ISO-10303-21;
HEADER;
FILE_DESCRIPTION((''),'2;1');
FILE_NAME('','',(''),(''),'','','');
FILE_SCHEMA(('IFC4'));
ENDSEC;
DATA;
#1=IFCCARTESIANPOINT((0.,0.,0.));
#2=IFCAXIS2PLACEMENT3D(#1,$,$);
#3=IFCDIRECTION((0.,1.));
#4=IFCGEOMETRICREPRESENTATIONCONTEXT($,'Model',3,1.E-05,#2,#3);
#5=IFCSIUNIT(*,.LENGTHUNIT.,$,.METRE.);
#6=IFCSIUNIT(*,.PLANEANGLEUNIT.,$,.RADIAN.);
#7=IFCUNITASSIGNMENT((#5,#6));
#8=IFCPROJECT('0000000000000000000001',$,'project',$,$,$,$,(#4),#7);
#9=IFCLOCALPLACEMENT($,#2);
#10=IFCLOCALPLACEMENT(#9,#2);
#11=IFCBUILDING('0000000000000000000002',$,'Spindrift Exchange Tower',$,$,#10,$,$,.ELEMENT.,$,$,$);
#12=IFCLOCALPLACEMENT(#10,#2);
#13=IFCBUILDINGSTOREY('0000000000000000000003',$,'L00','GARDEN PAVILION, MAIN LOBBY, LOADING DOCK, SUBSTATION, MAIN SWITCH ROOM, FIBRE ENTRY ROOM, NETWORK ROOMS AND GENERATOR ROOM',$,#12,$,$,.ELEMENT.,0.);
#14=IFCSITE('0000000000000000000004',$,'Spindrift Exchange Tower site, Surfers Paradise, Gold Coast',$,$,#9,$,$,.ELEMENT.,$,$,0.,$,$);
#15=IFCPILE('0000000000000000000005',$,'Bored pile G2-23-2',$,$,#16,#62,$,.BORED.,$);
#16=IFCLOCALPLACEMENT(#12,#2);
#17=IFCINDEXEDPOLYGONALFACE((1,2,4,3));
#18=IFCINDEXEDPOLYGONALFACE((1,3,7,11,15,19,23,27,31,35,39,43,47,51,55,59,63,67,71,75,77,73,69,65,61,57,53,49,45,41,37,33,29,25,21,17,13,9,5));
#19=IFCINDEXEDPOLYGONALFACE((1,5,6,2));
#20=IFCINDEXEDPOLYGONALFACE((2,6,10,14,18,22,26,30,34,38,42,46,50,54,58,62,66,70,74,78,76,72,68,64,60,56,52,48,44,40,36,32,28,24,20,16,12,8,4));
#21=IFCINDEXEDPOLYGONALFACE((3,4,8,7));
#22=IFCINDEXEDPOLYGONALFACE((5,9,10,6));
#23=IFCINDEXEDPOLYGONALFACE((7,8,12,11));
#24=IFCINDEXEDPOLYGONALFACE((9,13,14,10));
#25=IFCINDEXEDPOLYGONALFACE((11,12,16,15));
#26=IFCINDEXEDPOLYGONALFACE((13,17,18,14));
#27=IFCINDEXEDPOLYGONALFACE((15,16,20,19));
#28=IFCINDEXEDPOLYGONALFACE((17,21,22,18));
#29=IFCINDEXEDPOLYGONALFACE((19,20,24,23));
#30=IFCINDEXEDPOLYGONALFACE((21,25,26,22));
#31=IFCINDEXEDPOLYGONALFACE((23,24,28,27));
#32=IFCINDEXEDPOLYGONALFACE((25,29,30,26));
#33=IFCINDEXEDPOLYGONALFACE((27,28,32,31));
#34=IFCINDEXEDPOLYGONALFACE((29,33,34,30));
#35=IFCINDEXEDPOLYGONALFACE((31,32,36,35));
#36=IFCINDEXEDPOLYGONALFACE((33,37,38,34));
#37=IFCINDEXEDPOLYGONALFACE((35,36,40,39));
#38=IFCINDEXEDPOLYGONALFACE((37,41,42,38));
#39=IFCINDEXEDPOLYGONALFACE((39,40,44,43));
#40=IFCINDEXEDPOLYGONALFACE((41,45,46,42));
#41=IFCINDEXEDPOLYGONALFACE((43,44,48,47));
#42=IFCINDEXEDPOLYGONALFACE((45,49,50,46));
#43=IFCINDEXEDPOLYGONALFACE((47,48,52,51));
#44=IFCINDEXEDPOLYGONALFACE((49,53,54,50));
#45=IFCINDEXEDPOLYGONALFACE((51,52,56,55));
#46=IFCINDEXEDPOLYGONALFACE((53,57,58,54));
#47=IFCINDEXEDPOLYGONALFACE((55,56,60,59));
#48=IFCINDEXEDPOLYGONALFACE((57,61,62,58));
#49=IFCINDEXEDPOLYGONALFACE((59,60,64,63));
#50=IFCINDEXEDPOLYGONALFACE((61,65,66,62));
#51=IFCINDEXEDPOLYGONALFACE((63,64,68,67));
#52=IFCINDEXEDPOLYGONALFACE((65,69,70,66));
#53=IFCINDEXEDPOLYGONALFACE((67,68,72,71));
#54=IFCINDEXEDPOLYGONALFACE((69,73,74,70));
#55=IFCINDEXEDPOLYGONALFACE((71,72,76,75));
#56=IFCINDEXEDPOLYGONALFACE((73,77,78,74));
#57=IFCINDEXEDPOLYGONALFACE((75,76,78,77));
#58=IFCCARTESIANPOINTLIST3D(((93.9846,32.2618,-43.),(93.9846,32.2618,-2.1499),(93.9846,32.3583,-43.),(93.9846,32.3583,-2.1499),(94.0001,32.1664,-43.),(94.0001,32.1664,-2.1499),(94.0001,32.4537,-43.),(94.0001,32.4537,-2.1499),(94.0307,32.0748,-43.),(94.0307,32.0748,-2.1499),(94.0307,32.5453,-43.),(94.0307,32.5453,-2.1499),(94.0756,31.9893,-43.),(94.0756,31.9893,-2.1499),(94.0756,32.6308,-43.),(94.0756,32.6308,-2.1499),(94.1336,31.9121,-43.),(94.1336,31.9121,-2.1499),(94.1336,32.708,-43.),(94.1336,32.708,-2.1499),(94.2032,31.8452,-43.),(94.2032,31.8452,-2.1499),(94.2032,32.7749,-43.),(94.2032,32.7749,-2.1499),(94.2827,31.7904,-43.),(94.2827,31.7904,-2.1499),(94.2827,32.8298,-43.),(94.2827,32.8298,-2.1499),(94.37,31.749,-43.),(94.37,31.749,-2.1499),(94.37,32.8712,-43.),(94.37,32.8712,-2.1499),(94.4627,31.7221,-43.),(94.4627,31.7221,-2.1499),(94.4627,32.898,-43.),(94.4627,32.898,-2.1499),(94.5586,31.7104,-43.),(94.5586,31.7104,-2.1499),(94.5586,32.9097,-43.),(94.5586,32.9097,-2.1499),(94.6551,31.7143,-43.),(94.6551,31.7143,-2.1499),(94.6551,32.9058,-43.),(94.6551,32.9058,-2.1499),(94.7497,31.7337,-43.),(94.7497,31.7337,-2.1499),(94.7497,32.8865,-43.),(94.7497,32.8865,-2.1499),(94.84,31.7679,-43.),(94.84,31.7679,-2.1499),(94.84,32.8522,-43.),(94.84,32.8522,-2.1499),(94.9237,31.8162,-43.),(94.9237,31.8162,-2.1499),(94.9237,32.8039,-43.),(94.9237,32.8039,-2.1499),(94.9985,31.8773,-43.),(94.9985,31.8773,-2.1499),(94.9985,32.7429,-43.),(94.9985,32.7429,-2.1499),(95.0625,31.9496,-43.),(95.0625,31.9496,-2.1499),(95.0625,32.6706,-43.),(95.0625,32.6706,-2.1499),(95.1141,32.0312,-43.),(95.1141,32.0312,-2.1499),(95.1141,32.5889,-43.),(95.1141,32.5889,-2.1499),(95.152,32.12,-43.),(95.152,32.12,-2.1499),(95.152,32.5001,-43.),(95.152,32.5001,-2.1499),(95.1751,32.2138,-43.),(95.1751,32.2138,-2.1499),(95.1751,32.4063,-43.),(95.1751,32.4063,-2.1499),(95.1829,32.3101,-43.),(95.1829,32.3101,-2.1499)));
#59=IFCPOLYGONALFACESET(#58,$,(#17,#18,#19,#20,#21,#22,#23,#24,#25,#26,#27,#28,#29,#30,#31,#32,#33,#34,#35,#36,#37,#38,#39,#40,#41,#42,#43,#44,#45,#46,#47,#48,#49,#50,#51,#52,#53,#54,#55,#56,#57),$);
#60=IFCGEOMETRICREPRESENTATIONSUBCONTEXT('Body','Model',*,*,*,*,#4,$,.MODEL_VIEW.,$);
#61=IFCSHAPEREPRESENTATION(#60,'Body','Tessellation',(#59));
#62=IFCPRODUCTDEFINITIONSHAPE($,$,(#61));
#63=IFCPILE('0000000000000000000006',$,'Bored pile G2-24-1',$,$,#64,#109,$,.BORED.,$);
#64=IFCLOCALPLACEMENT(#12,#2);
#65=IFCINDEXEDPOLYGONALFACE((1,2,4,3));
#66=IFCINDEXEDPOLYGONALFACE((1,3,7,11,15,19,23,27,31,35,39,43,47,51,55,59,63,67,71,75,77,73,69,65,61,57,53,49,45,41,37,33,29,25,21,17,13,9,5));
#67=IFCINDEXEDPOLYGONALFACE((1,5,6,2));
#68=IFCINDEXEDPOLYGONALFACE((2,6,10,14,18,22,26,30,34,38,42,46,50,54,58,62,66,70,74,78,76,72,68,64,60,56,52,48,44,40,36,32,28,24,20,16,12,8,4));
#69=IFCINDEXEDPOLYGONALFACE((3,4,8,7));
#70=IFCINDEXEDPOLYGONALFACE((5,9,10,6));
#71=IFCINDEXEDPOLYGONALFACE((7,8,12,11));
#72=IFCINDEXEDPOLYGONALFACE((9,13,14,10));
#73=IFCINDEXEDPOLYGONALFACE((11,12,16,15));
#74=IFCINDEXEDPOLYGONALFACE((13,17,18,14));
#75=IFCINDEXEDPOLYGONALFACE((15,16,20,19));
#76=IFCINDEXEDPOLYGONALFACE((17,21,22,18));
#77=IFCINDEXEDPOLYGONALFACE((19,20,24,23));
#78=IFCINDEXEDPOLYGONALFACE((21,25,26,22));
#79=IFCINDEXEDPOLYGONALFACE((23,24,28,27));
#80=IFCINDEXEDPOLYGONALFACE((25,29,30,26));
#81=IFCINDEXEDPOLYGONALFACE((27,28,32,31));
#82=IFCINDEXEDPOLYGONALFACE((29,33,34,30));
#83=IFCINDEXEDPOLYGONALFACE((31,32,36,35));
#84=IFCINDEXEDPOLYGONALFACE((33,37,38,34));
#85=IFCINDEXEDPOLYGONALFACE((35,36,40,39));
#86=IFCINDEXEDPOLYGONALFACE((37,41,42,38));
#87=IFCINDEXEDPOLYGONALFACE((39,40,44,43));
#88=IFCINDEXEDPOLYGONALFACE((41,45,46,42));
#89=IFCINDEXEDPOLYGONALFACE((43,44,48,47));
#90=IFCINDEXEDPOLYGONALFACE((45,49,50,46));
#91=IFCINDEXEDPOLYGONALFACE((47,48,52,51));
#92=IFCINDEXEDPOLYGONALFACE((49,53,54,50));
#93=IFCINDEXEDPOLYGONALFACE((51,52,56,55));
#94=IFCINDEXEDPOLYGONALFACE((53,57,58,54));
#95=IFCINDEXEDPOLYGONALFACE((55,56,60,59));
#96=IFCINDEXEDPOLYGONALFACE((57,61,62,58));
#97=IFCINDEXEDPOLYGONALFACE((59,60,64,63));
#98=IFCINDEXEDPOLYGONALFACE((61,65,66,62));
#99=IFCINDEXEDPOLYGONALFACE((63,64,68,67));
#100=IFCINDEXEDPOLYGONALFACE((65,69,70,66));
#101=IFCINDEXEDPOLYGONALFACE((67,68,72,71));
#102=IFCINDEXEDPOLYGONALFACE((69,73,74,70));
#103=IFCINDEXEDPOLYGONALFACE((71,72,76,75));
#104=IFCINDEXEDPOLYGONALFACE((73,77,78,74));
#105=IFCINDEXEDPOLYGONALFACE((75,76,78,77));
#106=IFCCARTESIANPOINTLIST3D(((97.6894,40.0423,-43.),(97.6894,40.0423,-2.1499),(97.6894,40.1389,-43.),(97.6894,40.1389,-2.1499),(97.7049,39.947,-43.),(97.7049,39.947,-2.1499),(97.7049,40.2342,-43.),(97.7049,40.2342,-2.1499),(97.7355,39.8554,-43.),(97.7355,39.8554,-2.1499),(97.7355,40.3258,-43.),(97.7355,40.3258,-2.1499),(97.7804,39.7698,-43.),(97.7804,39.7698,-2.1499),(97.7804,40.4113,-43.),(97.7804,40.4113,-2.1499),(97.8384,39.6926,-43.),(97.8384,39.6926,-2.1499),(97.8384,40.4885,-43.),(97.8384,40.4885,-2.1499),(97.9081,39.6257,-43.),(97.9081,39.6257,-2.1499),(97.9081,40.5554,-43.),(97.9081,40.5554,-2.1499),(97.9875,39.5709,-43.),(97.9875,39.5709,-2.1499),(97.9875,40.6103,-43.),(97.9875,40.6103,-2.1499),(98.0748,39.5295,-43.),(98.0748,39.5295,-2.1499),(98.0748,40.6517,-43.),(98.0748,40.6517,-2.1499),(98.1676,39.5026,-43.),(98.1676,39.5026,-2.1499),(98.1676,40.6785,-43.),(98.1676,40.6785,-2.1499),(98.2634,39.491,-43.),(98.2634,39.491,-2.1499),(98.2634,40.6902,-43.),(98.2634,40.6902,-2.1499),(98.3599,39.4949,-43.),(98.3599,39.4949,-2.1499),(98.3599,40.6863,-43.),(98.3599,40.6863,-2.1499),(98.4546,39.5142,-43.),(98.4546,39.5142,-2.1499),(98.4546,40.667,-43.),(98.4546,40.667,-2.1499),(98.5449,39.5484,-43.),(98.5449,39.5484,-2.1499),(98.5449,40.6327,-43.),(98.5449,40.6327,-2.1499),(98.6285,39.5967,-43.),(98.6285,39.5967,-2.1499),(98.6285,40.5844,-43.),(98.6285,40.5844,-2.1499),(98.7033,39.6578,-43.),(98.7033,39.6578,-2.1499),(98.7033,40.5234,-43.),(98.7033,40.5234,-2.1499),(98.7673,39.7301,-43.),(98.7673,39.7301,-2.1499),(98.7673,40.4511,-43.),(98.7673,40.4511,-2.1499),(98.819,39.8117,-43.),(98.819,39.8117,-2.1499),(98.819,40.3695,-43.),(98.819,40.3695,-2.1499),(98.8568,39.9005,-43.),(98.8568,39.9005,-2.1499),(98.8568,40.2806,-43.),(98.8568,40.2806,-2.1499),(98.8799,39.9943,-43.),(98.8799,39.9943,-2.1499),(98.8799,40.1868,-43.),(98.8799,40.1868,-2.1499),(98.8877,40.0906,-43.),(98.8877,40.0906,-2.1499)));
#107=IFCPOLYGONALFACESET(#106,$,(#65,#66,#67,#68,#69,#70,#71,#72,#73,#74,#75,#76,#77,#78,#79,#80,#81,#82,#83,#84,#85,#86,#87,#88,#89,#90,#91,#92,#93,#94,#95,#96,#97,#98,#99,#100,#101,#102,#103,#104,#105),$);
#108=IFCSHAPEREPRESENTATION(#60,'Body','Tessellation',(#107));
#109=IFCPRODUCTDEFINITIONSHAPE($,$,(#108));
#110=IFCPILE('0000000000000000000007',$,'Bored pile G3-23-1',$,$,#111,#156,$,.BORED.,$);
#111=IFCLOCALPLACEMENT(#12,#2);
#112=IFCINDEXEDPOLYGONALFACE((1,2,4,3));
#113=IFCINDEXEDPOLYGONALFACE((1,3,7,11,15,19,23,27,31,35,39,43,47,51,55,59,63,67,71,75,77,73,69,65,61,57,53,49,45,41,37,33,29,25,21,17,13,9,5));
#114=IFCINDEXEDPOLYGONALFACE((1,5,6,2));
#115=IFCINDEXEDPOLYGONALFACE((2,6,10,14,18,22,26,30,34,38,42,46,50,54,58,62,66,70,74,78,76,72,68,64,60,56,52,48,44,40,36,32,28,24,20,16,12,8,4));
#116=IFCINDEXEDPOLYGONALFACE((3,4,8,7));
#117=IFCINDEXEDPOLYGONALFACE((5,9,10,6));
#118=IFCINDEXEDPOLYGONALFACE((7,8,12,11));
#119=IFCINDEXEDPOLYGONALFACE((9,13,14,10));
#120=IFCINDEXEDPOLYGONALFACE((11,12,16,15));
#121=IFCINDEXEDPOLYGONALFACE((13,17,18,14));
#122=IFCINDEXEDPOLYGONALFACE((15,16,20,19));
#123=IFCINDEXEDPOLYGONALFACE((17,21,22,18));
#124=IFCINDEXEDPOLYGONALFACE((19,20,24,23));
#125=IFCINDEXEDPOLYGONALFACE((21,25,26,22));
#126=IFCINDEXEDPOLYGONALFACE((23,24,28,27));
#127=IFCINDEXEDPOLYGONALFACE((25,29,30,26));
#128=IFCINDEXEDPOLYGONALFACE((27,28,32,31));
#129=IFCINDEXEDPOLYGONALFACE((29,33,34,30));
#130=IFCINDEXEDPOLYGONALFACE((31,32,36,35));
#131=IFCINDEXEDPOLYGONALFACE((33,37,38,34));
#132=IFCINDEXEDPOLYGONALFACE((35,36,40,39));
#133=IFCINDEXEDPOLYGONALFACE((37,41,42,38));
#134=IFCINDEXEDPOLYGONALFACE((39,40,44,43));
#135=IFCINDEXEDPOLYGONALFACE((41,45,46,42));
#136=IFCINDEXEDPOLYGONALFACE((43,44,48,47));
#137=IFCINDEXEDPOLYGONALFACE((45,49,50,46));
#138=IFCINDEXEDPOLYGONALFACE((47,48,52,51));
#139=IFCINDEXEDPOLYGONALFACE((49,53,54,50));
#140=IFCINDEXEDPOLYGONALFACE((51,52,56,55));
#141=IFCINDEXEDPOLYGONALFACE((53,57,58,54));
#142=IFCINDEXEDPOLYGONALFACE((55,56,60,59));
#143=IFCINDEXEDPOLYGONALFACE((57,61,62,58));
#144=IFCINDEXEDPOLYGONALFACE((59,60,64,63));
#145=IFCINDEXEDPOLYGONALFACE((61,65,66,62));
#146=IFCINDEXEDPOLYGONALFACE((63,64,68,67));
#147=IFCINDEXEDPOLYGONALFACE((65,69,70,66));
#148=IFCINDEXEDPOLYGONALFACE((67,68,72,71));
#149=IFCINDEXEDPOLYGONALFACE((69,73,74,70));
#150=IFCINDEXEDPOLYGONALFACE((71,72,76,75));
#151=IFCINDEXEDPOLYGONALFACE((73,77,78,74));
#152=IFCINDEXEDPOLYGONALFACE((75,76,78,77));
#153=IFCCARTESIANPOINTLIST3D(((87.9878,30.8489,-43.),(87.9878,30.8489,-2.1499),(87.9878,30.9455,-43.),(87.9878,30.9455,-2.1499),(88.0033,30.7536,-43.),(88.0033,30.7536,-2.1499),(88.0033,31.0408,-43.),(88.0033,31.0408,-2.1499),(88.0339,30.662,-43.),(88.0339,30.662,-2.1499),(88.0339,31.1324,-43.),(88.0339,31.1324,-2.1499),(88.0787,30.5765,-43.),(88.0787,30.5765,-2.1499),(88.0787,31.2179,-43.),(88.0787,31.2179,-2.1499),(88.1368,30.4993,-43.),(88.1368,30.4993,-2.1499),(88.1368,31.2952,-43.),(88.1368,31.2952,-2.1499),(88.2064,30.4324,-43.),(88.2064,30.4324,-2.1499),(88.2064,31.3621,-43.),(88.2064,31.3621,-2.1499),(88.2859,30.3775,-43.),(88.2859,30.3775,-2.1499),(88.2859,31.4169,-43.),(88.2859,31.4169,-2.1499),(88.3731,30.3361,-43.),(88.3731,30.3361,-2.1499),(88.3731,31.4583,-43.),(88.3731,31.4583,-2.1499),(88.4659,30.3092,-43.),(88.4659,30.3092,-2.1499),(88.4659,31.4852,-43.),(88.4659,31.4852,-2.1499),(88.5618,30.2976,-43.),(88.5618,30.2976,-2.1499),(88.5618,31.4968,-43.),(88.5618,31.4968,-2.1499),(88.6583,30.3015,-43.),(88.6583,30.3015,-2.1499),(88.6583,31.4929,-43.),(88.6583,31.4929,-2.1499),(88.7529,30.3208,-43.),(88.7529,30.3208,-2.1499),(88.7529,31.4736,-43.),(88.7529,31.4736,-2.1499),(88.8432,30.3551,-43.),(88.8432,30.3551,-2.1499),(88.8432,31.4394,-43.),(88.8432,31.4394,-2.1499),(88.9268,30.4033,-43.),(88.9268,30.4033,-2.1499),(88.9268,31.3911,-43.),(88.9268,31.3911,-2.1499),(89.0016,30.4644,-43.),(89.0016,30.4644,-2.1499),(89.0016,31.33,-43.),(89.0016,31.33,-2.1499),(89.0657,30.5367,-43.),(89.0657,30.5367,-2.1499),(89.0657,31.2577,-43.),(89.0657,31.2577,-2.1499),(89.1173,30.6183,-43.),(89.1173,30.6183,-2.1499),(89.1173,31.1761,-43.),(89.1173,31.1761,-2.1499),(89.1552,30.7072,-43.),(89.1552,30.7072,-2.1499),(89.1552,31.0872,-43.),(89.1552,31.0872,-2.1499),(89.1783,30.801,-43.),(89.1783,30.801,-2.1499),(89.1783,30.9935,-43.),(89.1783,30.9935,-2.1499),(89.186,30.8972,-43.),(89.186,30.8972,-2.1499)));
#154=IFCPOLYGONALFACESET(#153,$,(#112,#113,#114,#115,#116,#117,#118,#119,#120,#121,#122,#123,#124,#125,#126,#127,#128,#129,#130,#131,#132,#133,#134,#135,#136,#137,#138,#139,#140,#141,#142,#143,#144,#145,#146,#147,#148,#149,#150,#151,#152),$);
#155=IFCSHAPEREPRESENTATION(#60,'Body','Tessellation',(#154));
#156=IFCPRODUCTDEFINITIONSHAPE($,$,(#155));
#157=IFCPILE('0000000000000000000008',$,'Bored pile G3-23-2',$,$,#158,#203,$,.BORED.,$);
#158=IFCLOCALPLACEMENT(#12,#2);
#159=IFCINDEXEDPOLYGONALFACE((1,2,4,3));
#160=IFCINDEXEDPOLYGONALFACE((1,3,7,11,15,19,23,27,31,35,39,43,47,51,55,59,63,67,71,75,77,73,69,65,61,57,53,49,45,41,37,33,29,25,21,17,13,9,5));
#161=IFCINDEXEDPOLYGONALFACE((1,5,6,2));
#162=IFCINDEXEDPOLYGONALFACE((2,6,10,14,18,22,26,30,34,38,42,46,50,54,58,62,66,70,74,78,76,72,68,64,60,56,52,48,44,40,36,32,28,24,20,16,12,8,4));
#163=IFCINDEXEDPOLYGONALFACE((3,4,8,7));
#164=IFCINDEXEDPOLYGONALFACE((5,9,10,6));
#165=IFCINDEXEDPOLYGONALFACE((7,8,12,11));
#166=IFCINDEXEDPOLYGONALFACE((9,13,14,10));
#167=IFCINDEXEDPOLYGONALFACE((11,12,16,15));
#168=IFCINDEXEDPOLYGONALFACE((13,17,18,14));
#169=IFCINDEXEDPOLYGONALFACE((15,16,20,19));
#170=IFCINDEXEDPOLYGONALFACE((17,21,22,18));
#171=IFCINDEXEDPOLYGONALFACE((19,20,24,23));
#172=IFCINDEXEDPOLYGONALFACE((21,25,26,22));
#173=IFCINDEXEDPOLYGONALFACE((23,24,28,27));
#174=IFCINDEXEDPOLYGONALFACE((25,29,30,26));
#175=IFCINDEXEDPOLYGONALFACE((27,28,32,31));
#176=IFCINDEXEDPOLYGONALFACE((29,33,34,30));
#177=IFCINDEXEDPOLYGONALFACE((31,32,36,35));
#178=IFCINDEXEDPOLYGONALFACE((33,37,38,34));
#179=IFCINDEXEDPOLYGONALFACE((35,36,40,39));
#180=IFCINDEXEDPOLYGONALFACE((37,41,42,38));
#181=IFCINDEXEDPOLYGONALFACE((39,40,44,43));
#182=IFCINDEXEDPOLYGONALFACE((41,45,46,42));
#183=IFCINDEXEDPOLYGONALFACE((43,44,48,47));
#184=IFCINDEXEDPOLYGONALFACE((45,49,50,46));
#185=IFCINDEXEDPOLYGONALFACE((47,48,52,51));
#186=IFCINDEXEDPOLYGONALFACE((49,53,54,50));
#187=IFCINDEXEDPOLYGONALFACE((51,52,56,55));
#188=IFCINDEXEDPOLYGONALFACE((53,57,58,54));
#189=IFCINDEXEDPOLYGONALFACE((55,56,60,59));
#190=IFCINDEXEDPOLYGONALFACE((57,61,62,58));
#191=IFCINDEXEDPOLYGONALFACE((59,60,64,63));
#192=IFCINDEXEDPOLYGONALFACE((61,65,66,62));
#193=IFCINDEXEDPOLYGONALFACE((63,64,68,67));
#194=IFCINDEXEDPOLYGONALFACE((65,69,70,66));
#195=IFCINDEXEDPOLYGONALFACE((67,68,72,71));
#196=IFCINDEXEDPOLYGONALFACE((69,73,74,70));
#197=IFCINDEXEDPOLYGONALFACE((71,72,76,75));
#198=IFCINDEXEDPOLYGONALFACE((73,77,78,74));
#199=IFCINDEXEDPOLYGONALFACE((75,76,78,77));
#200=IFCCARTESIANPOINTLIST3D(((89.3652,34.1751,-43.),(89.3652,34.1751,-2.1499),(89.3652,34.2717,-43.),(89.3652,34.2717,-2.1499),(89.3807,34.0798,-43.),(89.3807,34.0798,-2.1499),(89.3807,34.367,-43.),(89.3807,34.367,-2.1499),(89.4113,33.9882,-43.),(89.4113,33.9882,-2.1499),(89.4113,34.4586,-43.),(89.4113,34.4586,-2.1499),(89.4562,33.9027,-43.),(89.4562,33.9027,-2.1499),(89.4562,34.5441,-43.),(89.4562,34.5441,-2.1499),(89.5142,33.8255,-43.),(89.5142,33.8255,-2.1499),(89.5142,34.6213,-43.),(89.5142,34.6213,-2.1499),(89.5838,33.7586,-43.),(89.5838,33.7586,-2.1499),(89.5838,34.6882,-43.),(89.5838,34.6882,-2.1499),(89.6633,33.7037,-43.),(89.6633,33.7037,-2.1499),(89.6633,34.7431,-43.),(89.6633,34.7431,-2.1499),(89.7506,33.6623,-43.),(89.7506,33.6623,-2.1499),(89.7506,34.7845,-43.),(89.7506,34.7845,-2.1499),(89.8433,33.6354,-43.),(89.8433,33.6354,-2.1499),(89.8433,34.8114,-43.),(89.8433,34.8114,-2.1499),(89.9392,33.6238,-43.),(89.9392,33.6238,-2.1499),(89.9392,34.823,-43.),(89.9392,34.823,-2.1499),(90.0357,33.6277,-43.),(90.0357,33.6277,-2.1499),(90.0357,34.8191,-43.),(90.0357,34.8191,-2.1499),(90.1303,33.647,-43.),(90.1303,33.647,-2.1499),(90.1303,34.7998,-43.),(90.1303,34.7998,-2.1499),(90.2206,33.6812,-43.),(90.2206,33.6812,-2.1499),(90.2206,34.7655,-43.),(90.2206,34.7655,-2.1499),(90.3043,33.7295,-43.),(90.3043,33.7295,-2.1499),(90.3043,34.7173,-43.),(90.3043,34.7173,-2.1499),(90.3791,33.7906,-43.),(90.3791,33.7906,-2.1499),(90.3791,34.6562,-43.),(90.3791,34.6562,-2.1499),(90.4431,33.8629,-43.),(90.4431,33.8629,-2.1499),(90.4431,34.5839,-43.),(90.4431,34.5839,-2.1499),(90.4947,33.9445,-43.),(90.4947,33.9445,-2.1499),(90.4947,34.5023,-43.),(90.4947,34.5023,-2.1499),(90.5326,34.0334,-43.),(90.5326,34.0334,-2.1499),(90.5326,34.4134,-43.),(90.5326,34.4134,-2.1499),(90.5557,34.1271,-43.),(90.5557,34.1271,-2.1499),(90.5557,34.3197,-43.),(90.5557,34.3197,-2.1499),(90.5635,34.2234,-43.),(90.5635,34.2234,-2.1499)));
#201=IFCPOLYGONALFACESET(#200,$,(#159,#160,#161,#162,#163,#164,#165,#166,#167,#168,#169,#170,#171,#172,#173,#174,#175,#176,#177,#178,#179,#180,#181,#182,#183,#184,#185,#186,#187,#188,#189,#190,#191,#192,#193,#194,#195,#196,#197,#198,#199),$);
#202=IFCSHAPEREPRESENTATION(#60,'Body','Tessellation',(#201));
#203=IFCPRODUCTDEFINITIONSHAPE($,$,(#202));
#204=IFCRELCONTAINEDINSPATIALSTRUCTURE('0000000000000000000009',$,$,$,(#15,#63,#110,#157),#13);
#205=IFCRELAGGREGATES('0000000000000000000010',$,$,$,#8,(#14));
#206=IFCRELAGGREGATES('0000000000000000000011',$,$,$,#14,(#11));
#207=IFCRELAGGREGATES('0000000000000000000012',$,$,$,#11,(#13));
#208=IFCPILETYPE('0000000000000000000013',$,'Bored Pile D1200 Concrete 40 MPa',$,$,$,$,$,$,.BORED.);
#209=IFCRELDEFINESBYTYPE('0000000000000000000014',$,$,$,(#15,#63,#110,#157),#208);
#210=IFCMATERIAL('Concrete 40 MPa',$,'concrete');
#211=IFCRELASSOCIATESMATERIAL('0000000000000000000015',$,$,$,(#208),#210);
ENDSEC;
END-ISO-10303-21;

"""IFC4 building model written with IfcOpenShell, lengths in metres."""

from ifc_helpers import new_model, si_unit, direction, frame, origin, origin_2d, place, context, subcontext, project, spatial, circle, extrude, source, transform, mapped, material, material_profile, profile_set, type_object, element, save


model = new_model("IFC4")

# Units and contexts
model_context = context("Model", 3, precision=1e-05, world=origin(), true_north=direction((0.0, 1.0)))
body_context = subcontext(model_context, "Body", "Model", "MODEL_VIEW")
ifc_project = project(units=[si_unit("LENGTHUNIT", "METRE"), si_unit("PLANEANGLEUNIT", "RADIAN")], contexts=[model_context])

# Site, building, storey
site_placement = place(None, origin())
site = spatial("IfcSite", under=ifc_project, at=site_placement, Name="Spindrift Exchange Tower site, Surfers Paradise, Gold Coast", CompositionType="ELEMENT", RefElevation=0.0)
building_placement = place(site_placement, origin())
building = spatial("IfcBuilding", under=site, at=building_placement, Name="Spindrift Exchange Tower", CompositionType="ELEMENT")
storey_placement = place(building_placement, origin())
storey = spatial("IfcBuildingStorey", under=building, at=storey_placement, Name="L00", Description="GARDEN PAVILION, MAIN LOBBY, LOADING DOCK, SUBSTATION, MAIN SWITCH ROOM, FIBRE ENTRY ROOM, NETWORK ROOMS AND GENERATOR ROOM", CompositionType="ELEMENT", Elevation=0.0)

# Piles
ifc_material_1 = material(Name="Concrete 40 MPa", Category="concrete")
ifc_material_profile_1 = material_profile(ifc_material_1, circle(Radius=0.6001, at=origin_2d()), Name="BP D1200")
ifc_profile_set_1 = profile_set([ifc_material_profile_1], Name="Concrete 40 MPa")
pile_type = type_object("IfcPileType", Name="Bored Pile D1200 Concrete 40 MPa", PredefinedType="BORED", material=ifc_profile_set_1)
shared_shape_1 = source(origin(), body_context, "Body", "SweptSolid", [
    extrude(circle(Radius=0.6001, at=origin_2d()), origin(), (0.0, 0.0, 1.0), 40.8501),
])
for number, where, z_axis, x_axis, name in (
    (1, (94.5828, 32.3101, -2.1499), (0.0, 0.0, -1.0), (1.0, 0.0, 0.0), "Bored pile G2-23-2"),
    (2, (98.2876, 40.0906, -2.1499), (0.0, 0.0, -1.0), (1.0, 0.0, 0.0), "Bored pile G2-24-1"),
    (3, (88.5859, 30.8972, -2.1499), (0.0, 0.0, -1.0), (1.0, 0.0, 0.0), "Bored pile G3-23-1"),
    (4, (89.9634, 34.2234, -2.1499), (0.0, 0.0, -1.0), (1.0, 0.0, 0.0), "Bored pile G3-23-2"),
):
    element("IfcPile", number, at=place(storey_placement, frame(where, z_axis=z_axis, x_axis=x_axis)), inside=storey, type_object=pile_type, Name=name, PredefinedType="BORED", context=body_context, shape_type="MappedRepresentation", body=[
        mapped(shared_shape_1, transform((0.0, 0.0, 0.0), scale=1.0)),
    ])

save(model, "model.ifc")
